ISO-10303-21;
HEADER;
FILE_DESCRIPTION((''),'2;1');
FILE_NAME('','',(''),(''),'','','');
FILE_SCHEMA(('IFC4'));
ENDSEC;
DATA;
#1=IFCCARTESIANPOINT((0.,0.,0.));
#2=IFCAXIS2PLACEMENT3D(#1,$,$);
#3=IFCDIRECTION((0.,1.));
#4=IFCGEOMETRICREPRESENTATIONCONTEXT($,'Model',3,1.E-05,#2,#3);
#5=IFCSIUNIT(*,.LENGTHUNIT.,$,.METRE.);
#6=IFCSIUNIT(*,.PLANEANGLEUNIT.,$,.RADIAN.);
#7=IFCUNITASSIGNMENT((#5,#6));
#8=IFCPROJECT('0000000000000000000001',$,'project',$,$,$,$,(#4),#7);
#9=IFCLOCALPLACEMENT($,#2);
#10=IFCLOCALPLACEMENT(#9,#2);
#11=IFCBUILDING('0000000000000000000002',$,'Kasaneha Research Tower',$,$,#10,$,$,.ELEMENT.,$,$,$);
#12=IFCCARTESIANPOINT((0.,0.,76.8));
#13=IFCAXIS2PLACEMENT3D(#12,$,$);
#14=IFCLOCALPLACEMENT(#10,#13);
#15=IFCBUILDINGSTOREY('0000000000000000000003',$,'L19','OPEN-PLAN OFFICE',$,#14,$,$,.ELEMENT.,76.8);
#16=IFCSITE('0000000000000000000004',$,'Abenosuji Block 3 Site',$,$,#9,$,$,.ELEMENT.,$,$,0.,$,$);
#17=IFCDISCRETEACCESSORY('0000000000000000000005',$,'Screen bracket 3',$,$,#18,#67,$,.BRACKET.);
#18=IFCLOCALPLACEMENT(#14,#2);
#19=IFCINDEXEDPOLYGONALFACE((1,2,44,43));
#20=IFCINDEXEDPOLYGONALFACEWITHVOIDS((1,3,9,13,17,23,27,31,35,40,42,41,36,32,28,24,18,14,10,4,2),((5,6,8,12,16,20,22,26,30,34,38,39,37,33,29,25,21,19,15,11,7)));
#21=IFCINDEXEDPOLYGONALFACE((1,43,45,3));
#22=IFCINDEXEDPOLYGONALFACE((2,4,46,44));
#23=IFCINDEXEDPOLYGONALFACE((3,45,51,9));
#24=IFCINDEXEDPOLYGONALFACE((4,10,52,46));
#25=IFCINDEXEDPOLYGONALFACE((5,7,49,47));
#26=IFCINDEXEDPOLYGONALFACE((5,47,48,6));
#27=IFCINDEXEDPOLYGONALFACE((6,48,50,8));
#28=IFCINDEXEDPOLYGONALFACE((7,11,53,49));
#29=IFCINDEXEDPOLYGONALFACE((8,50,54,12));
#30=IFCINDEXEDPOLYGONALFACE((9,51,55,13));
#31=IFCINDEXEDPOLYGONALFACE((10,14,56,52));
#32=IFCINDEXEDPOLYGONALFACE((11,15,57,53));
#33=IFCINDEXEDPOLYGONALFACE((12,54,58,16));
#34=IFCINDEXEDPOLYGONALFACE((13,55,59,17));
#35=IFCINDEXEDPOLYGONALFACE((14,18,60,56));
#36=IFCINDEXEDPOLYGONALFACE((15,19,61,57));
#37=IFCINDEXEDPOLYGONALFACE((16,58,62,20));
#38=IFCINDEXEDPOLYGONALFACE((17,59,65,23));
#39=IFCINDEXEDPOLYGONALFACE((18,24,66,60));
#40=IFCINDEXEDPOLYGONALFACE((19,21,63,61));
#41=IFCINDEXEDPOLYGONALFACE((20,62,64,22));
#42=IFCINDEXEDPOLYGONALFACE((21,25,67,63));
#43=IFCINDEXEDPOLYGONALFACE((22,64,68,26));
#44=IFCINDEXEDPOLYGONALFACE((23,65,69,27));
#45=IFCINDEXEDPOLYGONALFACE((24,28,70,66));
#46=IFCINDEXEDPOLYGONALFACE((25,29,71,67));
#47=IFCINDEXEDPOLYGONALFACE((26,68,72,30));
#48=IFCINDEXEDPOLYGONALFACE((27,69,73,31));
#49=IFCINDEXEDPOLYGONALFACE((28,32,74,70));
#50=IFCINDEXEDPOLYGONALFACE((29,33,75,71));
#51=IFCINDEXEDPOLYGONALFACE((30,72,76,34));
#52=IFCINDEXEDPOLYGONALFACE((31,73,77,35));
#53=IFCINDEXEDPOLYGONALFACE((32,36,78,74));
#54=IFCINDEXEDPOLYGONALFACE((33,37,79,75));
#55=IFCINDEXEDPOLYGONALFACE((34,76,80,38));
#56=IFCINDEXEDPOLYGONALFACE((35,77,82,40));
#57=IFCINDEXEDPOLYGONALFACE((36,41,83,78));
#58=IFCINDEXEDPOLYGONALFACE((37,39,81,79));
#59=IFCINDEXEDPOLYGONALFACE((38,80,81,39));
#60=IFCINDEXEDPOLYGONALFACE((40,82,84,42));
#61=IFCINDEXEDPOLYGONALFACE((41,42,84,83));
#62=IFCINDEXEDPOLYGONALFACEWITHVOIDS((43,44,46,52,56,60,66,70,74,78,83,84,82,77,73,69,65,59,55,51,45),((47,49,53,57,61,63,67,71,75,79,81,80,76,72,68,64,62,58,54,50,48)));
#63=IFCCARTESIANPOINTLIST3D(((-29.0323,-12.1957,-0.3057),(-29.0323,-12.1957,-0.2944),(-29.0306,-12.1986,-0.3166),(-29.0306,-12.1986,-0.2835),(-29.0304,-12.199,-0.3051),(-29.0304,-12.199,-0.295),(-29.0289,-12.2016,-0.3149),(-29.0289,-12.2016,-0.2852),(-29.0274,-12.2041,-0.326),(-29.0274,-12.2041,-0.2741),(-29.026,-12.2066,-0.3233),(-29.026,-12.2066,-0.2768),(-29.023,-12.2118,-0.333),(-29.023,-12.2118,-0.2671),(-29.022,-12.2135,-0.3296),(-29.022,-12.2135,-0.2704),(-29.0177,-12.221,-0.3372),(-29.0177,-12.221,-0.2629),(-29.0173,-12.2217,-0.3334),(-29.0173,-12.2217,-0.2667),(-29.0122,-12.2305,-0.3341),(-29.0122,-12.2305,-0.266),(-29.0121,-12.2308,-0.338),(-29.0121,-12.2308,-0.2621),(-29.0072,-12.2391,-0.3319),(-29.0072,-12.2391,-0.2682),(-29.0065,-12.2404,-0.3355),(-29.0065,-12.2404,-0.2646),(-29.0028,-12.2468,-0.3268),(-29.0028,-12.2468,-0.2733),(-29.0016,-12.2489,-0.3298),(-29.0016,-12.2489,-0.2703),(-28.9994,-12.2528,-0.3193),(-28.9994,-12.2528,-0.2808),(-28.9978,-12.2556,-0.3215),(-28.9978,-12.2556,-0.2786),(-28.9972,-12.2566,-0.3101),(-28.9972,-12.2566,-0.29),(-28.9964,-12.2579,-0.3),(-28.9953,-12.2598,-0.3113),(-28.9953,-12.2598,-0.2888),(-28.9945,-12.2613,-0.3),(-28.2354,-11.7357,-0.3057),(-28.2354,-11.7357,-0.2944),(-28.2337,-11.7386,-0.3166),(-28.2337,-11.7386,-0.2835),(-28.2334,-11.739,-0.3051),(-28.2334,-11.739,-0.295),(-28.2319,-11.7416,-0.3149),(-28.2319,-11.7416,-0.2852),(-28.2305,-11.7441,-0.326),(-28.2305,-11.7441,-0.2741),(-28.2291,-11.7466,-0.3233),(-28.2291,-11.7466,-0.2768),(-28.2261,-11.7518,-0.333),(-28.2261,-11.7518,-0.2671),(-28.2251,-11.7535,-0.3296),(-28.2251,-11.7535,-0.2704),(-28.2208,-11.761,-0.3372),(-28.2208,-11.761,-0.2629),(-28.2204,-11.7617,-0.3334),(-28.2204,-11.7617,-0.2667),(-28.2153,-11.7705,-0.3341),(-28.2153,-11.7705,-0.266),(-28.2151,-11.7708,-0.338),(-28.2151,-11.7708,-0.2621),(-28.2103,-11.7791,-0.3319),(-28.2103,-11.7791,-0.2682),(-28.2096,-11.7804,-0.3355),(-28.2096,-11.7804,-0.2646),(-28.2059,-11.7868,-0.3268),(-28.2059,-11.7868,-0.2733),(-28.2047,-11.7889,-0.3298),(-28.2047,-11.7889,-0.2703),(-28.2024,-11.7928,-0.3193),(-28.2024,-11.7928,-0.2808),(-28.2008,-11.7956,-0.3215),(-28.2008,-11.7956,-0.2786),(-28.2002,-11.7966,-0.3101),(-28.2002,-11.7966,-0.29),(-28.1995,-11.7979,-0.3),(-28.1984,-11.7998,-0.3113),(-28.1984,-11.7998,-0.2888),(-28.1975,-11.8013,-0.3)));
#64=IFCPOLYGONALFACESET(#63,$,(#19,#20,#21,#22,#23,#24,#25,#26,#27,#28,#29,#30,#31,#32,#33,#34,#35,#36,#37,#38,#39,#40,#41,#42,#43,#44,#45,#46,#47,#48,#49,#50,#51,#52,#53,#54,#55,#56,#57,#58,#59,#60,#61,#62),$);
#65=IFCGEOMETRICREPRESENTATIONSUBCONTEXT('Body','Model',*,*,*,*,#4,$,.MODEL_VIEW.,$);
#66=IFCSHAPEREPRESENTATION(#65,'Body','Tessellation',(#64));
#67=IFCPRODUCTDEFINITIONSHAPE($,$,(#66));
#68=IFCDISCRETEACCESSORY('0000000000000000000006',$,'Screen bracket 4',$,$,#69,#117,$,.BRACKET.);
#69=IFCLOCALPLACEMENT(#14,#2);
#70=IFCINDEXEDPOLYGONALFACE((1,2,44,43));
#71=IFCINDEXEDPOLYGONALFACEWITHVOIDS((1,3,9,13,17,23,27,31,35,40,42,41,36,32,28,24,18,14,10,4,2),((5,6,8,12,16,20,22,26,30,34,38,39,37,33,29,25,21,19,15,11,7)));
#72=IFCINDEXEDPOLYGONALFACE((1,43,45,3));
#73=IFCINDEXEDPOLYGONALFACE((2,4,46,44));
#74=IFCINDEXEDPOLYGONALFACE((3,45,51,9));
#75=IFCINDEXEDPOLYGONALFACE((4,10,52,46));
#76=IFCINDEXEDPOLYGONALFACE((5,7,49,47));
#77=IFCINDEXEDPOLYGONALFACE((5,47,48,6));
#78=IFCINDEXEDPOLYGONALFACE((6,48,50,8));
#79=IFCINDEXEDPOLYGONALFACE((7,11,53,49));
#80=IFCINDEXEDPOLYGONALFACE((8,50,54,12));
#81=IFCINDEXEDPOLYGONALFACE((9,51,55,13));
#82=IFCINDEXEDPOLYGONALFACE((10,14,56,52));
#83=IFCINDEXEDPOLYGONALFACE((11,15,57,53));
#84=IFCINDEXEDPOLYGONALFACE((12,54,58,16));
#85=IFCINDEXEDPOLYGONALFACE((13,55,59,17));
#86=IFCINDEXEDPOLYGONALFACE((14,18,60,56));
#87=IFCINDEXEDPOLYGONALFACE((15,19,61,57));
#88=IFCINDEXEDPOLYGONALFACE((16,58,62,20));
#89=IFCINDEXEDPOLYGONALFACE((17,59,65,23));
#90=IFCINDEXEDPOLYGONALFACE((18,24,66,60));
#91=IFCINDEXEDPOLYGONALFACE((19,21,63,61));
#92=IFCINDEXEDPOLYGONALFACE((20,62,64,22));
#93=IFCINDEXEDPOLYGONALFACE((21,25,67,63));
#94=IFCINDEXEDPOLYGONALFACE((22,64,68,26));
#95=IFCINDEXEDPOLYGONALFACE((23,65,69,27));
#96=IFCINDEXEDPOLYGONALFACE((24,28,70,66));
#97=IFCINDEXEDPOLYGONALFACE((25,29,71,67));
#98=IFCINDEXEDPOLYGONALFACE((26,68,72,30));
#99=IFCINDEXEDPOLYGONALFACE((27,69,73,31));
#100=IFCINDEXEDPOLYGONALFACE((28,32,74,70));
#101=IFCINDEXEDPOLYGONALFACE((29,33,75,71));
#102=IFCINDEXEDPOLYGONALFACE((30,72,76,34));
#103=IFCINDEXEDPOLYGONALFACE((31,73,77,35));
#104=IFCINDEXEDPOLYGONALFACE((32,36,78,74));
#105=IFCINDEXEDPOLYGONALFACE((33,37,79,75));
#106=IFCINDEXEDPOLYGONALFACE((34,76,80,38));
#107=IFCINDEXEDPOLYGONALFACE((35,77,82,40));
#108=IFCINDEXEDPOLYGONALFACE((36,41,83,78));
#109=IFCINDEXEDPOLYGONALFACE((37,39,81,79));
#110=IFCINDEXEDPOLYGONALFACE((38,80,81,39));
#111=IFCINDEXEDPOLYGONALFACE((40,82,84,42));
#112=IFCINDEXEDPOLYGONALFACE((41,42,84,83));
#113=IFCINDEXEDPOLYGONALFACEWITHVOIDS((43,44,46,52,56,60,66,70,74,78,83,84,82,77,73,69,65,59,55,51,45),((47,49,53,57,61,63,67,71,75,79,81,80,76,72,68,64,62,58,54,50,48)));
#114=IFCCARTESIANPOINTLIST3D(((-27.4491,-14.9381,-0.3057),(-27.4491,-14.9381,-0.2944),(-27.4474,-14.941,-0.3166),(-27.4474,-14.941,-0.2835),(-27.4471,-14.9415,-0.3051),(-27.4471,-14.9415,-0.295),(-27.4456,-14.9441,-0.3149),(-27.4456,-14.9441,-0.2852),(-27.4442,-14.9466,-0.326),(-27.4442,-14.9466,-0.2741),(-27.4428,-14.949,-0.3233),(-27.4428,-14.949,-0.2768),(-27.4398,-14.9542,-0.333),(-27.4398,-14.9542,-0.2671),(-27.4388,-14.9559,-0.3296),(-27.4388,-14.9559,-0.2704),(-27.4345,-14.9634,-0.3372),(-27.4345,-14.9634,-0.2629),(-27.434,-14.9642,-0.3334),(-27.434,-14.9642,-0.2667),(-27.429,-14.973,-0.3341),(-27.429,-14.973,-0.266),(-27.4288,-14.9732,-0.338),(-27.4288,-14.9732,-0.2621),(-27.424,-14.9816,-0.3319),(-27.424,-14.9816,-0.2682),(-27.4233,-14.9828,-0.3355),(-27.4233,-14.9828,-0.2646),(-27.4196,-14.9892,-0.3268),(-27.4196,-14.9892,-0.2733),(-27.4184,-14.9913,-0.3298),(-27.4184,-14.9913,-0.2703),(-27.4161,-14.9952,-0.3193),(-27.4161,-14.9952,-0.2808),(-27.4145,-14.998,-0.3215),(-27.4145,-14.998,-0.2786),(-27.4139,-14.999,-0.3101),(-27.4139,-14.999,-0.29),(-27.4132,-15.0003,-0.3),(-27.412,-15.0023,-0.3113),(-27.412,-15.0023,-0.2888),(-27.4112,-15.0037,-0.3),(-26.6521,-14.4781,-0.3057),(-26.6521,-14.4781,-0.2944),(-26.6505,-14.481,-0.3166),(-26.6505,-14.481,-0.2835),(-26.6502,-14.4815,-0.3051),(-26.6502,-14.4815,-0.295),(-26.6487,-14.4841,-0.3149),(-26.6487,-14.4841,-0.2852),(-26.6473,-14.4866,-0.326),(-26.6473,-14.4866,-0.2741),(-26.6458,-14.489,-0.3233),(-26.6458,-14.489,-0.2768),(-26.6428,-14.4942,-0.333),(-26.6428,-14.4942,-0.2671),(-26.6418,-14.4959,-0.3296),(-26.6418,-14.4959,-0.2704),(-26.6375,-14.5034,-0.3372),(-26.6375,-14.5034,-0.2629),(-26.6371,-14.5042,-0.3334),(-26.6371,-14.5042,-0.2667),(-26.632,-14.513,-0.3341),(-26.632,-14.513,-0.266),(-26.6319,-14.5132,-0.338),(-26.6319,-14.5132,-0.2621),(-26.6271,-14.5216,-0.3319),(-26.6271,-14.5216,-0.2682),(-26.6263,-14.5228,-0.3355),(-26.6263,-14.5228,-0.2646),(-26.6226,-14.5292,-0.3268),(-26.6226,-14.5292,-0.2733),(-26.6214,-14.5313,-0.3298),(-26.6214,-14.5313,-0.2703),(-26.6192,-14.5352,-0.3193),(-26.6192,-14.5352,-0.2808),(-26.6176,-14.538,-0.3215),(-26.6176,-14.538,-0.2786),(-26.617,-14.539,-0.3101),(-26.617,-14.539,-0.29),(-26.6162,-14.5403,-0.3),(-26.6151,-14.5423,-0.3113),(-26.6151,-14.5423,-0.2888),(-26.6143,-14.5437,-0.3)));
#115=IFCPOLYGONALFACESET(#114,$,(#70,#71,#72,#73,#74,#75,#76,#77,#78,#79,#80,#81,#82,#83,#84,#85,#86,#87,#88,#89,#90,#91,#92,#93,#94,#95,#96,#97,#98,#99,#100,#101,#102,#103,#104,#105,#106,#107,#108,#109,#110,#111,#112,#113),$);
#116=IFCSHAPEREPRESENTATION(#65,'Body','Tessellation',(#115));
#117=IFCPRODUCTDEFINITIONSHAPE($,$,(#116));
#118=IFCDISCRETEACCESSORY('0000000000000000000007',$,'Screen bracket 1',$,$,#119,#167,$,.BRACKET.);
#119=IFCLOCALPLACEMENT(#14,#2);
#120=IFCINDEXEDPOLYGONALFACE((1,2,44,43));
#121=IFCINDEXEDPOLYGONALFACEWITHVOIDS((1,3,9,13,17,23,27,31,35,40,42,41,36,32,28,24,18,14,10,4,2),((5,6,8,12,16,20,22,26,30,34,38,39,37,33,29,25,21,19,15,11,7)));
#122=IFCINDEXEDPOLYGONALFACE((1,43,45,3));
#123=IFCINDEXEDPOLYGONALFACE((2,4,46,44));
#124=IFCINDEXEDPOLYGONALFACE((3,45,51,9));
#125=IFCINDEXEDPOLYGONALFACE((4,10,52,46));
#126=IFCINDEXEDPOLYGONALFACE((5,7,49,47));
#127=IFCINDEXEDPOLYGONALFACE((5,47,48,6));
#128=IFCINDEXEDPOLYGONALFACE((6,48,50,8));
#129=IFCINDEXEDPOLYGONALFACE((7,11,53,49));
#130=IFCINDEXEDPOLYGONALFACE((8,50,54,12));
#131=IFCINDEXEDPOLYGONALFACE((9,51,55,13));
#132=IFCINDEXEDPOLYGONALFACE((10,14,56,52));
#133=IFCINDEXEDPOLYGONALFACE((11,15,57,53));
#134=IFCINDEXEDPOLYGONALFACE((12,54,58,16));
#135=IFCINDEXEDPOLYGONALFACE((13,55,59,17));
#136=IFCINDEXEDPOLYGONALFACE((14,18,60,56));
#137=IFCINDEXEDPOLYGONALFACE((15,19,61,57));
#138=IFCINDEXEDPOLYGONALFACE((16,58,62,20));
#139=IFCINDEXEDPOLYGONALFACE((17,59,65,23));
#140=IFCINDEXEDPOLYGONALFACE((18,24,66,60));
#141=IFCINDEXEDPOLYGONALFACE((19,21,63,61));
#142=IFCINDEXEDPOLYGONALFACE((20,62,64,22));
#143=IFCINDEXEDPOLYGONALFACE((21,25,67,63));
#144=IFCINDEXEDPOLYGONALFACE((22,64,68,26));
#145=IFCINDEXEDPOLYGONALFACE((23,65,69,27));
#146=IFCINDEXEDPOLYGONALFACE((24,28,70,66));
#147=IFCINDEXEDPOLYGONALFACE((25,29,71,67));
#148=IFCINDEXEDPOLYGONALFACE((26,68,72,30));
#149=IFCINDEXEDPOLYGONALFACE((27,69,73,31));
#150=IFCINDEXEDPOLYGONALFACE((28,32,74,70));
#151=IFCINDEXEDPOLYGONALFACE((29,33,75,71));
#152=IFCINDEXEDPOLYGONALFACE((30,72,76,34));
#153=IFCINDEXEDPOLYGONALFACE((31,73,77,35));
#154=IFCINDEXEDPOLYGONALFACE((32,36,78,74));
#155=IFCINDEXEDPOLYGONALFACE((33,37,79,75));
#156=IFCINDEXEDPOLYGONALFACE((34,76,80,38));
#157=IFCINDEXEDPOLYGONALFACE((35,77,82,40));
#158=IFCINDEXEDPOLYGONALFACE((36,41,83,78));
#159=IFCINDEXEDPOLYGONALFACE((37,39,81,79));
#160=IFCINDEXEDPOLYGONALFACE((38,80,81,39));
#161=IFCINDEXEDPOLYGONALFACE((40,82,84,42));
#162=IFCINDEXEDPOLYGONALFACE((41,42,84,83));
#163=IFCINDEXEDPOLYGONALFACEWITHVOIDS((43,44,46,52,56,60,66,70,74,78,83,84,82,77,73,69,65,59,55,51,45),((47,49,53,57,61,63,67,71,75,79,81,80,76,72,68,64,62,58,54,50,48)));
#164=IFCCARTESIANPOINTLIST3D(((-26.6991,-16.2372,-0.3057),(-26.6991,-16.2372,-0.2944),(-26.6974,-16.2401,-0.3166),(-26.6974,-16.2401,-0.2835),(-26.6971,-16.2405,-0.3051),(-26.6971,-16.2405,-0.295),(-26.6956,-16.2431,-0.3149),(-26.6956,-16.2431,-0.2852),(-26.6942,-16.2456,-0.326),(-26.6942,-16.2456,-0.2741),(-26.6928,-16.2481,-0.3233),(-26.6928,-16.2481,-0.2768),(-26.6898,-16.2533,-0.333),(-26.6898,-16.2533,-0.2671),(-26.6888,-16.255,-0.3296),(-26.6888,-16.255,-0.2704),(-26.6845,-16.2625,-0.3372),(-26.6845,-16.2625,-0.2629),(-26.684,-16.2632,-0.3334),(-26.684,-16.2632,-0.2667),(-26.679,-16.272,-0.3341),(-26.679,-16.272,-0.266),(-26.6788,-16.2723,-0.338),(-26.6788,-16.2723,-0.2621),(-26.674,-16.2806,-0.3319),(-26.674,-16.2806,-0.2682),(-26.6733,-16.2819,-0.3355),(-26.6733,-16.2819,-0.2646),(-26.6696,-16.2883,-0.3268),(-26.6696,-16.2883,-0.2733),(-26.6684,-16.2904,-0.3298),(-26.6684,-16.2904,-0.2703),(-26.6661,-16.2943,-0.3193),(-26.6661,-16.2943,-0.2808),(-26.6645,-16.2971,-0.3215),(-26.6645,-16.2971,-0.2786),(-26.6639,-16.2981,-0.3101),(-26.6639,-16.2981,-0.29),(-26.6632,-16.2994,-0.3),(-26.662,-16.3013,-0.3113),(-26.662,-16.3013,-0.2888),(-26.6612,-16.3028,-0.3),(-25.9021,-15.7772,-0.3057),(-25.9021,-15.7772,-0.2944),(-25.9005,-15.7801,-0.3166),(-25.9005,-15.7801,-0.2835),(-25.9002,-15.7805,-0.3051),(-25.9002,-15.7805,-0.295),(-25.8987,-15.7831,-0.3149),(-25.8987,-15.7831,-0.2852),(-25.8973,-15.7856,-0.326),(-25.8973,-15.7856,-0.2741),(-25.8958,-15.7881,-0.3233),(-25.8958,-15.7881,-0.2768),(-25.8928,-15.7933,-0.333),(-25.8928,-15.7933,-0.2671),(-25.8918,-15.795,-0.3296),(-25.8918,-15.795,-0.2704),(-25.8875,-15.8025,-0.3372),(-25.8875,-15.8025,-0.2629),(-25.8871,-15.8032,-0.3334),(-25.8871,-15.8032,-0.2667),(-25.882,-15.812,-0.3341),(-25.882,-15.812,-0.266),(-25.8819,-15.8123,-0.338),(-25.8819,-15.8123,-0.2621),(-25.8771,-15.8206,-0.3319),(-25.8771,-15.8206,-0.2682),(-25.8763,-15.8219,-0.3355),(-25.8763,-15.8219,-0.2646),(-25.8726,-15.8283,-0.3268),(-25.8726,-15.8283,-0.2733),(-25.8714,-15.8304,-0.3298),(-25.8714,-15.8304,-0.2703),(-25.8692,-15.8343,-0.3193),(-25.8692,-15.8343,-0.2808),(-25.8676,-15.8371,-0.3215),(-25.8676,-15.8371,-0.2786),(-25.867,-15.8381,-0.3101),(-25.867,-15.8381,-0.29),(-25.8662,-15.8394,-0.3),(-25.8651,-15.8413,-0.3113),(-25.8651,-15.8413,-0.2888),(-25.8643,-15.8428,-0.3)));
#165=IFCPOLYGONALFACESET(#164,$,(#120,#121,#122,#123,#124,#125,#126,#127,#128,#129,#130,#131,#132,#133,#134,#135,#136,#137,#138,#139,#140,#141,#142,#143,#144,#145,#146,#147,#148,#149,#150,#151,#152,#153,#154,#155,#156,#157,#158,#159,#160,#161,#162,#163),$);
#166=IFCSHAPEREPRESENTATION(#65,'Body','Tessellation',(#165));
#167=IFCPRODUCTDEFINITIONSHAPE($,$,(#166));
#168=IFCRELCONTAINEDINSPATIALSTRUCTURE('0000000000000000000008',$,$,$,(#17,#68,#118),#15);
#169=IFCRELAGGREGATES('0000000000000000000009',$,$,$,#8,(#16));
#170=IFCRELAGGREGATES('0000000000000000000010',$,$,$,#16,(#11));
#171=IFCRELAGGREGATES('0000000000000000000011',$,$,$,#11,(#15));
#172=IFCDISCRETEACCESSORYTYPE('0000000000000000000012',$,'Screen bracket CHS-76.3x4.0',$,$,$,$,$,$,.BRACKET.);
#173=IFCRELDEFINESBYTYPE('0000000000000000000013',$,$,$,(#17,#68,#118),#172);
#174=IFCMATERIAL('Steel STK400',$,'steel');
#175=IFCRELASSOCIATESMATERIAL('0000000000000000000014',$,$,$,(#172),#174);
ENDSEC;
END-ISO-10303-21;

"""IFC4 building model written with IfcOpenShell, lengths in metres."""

from ifc_helpers import new_model, si_unit, direction, frame, origin, origin_2d, place, context, subcontext, project, spatial, hollow_circle, extrude, material, material_profile, profile_set, type_object, element, save


model = new_model("IFC4")

# Units and contexts
model_context = context("Model", 3, precision=1e-05, world=origin(), true_north=direction((0.0, 1.0)))
body_context = subcontext(model_context, "Body", "Model", "MODEL_VIEW")
ifc_project = project(units=[si_unit("LENGTHUNIT", "METRE"), si_unit("PLANEANGLEUNIT", "RADIAN")], contexts=[model_context])

# Site, building, storey
site_placement = place(None, origin())
site = spatial("IfcSite", under=ifc_project, at=site_placement, Name="Abenosuji Block 3 Site", CompositionType="ELEMENT", RefElevation=0.0)
building_placement = place(site_placement, origin())
building = spatial("IfcBuilding", under=site, at=building_placement, Name="Kasaneha Research Tower", CompositionType="ELEMENT")
storey_placement = place(building_placement, frame((0.0, 0.0, 76.8)))
storey = spatial("IfcBuildingStorey", under=building, at=storey_placement, Name="L19", Description="OPEN-PLAN OFFICE", CompositionType="ELEMENT", Elevation=76.8)

# Discrete accessories
ifc_material_1 = material(Name="Steel STK400", Category="steel")
ifc_material_profile_1 = material_profile(ifc_material_1, hollow_circle(Radius=0.0381, WallThickness=0.0039, at=origin_2d()), Name="CHS-76.3x4.0")
ifc_profile_set_1 = profile_set([ifc_material_profile_1], Name="Steel STK400")
discrete_accessory_type = type_object("IfcDiscreteAccessoryType", Name="Screen bracket CHS-76.3x4.0", PredefinedType="BRACKET", material=ifc_profile_set_1)
for number, where, z_axis, x_axis, name in (
    (1, (-28.2166, -11.7683, -0.3), (-0.86608, -0.499906, 0.0), (0.499906, -0.86608, 0.0), "Screen bracket 3"),
    (2, (-26.6333, -14.5107, -0.3), (-0.86608, -0.499906, 0.0), (0.499906, -0.86608, 0.0), "Screen bracket 4"),
    (3, (-25.8833, -15.8098, -0.3), (-0.86608, -0.499906, 0.0), (0.499906, -0.86608, 0.0), "Screen bracket 1"),
):
    element("IfcDiscreteAccessory", number, at=place(storey_placement, frame(where, z_axis=z_axis, x_axis=x_axis)), inside=storey, type_object=discrete_accessory_type, Name=name, PredefinedType="BRACKET", context=body_context, shape_type="SweptSolid", body=[
        extrude(hollow_circle(Radius=0.0381, WallThickness=0.0039, at=origin_2d()), origin(), (0.0, 0.0, 1.0), 0.9202),
    ])

save(model, "model.ifc")
